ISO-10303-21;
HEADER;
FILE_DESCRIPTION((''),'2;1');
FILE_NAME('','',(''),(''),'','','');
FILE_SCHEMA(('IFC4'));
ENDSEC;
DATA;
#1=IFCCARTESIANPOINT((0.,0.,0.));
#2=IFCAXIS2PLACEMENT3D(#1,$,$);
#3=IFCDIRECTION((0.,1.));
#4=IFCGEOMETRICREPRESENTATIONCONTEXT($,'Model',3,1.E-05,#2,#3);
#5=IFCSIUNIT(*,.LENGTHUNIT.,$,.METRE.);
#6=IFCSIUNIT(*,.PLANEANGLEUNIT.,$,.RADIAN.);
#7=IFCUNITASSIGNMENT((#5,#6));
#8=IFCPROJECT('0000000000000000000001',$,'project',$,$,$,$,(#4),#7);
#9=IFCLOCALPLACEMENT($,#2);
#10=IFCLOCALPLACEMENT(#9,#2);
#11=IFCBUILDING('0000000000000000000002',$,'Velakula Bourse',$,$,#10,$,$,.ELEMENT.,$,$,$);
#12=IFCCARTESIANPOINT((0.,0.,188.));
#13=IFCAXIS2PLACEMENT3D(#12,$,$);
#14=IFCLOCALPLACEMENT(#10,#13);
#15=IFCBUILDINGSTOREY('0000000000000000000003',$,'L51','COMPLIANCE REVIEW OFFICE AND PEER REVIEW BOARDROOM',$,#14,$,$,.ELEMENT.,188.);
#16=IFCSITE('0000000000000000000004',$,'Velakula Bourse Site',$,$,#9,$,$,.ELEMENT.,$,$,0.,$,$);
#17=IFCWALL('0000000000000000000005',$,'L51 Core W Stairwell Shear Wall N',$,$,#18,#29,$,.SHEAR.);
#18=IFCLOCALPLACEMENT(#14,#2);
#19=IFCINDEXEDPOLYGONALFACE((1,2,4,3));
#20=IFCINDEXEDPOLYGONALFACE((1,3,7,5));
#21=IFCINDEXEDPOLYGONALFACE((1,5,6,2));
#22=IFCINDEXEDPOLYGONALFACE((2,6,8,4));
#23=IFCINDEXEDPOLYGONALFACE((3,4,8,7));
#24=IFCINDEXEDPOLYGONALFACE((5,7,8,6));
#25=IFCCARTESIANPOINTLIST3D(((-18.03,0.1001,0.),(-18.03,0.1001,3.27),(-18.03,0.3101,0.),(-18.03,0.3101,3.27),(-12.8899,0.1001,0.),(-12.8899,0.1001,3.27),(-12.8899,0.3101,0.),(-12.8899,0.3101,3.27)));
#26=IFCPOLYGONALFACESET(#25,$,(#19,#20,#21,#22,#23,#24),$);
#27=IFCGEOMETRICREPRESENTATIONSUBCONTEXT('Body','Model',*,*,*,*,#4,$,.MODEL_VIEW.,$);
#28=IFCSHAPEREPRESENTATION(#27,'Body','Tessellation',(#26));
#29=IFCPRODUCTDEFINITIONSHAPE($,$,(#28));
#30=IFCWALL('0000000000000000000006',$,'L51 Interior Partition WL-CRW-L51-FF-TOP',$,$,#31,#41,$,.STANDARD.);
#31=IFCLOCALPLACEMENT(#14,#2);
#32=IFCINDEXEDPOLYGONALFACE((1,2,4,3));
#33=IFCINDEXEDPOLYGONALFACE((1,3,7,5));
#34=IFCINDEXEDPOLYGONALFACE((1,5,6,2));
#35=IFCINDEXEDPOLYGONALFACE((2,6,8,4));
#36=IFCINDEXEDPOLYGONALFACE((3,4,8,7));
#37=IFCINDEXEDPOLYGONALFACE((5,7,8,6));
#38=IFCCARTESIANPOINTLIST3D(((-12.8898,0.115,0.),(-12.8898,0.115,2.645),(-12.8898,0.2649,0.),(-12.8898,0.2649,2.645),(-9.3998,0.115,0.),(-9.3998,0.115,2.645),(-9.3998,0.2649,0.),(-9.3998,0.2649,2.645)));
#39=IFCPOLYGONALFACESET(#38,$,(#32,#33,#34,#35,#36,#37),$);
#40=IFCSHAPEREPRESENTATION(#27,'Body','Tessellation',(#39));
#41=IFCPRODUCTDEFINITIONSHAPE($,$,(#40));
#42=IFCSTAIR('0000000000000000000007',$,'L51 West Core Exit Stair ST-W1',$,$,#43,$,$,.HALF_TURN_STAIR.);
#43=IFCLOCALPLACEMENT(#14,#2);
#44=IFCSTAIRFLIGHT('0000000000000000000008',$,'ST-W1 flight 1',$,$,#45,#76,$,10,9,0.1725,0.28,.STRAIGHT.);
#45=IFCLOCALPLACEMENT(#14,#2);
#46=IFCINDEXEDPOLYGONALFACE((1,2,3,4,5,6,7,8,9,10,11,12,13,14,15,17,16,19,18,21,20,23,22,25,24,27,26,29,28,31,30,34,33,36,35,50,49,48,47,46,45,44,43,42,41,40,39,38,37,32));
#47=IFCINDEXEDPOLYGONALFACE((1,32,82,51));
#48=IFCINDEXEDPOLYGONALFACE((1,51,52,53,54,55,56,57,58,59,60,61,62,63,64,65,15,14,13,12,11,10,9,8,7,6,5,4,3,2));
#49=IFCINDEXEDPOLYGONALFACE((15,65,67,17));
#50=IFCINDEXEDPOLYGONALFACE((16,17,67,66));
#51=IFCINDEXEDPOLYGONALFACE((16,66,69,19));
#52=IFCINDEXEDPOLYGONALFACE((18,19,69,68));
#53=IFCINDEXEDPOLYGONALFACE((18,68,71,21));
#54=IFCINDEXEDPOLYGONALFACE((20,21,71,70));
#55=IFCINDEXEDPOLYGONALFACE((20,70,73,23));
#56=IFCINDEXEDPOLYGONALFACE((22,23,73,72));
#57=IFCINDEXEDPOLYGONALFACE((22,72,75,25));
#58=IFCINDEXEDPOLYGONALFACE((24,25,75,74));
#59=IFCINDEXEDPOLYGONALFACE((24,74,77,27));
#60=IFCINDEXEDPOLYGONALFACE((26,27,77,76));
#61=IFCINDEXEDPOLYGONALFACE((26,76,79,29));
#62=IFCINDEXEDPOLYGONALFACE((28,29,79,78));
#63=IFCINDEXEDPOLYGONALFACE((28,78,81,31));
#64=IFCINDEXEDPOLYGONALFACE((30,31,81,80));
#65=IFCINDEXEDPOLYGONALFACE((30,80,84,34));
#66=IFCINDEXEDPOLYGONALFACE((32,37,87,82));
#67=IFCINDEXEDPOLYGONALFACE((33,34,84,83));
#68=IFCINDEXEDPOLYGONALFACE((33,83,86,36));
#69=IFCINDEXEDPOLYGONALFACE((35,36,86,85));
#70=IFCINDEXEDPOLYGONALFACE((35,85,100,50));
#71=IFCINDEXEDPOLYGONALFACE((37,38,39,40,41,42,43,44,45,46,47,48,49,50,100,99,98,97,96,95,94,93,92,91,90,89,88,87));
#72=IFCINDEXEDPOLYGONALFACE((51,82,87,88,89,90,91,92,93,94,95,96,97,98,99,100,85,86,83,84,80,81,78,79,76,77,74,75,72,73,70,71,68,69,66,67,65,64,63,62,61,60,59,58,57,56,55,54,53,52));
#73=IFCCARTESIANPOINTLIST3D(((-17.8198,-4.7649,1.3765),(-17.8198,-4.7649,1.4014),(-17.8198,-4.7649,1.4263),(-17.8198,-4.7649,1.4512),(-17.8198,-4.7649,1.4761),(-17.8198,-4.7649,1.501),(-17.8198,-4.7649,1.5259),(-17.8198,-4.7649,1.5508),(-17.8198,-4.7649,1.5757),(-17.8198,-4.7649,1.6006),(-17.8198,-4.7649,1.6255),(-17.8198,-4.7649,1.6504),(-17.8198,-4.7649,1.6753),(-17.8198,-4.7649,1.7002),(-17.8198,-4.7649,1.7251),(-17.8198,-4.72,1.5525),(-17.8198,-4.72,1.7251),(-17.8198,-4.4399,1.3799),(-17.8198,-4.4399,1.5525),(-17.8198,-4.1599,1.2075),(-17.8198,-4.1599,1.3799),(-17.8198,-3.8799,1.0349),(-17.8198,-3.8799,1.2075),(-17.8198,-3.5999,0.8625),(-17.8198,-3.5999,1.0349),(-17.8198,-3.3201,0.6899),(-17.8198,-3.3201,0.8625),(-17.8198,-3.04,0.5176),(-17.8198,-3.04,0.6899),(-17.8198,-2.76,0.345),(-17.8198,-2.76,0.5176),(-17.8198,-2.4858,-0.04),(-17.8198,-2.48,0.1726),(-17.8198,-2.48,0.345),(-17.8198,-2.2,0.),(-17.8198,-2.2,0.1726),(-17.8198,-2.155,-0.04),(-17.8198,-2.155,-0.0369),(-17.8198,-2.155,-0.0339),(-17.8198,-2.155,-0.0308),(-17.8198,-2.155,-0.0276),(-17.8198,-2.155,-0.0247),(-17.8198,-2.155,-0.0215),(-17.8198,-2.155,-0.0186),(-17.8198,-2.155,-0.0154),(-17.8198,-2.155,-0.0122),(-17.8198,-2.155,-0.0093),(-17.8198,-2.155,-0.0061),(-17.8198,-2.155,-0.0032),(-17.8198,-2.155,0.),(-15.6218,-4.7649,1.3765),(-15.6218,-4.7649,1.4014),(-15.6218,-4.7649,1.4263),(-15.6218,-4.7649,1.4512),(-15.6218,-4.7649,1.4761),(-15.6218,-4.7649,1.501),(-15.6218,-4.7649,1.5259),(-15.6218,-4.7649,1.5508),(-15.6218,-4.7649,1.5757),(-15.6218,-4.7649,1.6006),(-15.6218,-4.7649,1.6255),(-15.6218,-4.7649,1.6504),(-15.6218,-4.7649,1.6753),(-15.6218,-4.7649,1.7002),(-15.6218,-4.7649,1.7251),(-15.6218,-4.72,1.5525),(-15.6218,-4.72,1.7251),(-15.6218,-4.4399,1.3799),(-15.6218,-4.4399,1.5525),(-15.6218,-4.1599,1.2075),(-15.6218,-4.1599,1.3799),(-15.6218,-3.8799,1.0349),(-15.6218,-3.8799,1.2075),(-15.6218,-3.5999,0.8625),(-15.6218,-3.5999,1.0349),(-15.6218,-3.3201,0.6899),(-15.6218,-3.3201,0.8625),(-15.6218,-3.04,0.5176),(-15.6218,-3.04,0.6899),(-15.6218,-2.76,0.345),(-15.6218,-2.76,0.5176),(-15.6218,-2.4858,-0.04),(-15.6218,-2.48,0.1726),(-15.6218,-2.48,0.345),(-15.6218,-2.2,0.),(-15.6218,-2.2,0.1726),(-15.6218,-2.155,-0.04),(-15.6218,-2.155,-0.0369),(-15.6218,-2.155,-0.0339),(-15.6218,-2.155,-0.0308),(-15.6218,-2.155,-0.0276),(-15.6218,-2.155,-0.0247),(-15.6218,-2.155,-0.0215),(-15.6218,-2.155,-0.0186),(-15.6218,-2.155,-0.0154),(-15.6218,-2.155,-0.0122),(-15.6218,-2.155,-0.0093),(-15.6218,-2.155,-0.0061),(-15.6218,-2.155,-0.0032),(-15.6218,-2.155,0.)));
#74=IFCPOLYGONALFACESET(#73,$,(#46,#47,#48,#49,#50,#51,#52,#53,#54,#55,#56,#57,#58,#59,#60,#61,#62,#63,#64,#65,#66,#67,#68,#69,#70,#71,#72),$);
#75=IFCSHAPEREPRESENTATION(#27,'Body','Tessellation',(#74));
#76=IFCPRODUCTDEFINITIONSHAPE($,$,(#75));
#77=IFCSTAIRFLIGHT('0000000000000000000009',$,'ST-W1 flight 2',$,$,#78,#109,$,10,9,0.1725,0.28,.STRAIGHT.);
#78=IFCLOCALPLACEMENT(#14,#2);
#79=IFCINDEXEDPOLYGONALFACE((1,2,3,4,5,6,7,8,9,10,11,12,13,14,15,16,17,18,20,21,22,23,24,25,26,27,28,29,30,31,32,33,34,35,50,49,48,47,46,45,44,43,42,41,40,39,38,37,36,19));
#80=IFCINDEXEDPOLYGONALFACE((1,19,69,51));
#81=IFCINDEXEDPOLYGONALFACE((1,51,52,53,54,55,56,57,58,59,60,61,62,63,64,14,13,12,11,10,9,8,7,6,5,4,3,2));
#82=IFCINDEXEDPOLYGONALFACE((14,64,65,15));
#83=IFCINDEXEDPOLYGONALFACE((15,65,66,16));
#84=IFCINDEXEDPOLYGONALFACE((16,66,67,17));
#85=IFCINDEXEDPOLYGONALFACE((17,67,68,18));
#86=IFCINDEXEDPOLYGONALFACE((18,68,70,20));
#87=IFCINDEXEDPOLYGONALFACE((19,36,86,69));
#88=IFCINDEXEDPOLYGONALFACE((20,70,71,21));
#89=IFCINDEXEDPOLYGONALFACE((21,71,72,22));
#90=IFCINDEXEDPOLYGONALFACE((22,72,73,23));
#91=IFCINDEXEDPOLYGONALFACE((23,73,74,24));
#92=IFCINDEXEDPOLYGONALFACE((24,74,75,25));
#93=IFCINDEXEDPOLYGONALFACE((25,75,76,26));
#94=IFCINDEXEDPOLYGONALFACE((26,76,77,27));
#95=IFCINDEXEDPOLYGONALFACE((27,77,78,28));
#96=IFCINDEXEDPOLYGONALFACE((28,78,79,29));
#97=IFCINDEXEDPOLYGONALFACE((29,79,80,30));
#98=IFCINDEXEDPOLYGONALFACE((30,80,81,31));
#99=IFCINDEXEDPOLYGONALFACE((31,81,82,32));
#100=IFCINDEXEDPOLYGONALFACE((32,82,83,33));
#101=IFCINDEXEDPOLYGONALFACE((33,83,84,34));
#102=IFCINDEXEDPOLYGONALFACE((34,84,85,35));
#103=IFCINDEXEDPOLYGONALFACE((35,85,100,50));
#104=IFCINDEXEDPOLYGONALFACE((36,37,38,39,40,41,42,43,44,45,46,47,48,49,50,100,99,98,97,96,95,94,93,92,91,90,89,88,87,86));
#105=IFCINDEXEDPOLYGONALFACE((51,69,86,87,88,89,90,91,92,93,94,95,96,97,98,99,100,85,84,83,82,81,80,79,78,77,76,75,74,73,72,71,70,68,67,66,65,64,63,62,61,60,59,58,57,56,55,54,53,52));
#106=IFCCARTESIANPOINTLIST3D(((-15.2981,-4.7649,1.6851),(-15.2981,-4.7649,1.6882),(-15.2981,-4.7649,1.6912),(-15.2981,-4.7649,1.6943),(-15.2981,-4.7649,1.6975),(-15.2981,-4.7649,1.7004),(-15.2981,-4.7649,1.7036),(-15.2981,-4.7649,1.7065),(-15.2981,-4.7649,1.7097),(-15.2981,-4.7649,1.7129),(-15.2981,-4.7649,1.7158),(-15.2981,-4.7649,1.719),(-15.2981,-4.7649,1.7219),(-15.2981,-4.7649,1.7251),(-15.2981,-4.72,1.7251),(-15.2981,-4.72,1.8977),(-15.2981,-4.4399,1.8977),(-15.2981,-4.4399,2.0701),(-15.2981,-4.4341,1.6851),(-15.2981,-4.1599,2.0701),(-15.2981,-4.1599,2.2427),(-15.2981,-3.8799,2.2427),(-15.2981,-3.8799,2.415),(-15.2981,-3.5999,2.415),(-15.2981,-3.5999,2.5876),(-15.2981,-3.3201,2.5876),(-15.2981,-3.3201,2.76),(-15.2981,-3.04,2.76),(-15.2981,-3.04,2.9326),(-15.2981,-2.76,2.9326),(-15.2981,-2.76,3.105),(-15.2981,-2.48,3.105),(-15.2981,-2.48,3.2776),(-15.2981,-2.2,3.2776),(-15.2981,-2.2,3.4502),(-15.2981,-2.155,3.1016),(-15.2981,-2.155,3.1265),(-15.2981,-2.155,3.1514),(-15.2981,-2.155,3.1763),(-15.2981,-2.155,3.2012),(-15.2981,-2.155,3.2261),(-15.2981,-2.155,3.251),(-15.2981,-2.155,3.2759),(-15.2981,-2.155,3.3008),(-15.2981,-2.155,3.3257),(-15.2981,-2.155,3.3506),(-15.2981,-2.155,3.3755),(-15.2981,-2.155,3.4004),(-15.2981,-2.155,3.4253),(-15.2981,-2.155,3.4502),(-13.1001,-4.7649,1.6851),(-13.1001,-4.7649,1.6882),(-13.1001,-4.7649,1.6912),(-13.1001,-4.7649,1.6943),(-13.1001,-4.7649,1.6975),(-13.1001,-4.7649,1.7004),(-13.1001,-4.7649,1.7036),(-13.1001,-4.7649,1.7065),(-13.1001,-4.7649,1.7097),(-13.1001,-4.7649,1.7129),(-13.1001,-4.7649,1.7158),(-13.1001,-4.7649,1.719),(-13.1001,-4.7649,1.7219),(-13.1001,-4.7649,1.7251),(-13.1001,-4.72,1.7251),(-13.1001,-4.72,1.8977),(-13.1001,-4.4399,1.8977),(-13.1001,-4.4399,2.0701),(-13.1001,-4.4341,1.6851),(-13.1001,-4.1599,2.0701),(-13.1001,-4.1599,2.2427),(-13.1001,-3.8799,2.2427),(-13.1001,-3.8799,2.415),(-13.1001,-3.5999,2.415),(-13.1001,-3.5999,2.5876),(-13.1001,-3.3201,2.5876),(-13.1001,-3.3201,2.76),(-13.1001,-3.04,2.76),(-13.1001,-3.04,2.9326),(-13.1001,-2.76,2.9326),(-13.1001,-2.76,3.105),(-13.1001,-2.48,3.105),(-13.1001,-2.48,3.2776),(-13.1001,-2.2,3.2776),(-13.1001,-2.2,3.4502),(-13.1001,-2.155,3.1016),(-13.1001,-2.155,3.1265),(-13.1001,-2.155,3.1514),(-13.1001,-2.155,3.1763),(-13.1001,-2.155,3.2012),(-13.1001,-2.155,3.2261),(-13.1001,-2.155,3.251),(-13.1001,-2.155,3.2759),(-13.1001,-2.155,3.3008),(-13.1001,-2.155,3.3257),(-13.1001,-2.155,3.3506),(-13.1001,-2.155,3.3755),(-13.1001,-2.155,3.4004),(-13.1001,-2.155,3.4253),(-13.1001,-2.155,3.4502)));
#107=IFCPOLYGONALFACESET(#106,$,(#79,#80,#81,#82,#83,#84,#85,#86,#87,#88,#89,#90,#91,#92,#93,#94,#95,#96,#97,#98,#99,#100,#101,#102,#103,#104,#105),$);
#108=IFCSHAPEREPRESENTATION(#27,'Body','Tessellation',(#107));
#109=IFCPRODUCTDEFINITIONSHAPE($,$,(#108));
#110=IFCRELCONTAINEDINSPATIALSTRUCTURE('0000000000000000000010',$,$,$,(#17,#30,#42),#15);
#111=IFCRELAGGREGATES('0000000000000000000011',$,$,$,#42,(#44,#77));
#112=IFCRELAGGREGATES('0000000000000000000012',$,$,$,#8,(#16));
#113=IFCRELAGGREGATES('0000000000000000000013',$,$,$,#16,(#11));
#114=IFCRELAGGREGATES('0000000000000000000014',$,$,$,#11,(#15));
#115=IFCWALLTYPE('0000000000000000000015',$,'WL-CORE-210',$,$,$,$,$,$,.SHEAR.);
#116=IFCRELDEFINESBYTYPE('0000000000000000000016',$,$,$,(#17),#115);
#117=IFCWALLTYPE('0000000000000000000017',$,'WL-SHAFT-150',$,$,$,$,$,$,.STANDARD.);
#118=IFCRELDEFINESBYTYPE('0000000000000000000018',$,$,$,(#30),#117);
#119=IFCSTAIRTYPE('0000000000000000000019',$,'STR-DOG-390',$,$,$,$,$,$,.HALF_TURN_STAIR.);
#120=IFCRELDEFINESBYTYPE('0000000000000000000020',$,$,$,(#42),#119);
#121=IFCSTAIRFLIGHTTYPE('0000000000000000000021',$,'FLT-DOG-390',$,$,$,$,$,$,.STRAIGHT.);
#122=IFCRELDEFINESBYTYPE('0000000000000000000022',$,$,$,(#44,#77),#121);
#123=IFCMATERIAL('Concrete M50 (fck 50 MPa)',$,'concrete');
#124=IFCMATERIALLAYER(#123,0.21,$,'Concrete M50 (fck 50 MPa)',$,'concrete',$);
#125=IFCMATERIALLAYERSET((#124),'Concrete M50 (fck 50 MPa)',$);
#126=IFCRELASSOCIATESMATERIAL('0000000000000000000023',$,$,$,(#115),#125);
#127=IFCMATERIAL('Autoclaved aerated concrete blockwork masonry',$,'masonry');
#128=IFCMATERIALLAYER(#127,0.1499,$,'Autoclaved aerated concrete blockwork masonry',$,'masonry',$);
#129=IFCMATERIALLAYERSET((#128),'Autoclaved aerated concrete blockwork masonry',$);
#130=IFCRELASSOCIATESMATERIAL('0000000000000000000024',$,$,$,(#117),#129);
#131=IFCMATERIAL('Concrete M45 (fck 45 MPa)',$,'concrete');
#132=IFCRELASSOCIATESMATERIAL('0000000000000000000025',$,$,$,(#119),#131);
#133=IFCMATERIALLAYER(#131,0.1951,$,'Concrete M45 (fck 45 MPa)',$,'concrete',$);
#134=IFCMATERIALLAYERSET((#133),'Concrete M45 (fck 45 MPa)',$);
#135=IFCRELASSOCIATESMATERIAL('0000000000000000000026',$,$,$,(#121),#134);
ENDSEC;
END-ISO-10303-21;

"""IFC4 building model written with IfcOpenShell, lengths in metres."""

from ifc_helpers import new_model, si_unit, direction, frame, frame_2d, origin, place, context, subcontext, project, spatial, polyline, rectangle, outline, extrude, material, layer, layer_set, type_object, element, aggregate, save


model = new_model("IFC4")

# Units and contexts
model_context = context("Model", 3, precision=1e-05, world=origin(), true_north=direction((0.0, 1.0)))
body_context = subcontext(model_context, "Body", "Model", "MODEL_VIEW")
ifc_project = project(units=[si_unit("LENGTHUNIT", "METRE"), si_unit("PLANEANGLEUNIT", "RADIAN")], contexts=[model_context])

# Site, building, storey
site_placement = place(None, origin())
site = spatial("IfcSite", under=ifc_project, at=site_placement, Name="Velakula Bourse Site", CompositionType="ELEMENT", RefElevation=0.0)
building_placement = place(site_placement, origin())
building = spatial("IfcBuilding", under=site, at=building_placement, Name="Velakula Bourse", CompositionType="ELEMENT")
storey_placement = place(building_placement, frame((0.0, 0.0, 188.0)))
storey = spatial("IfcBuildingStorey", under=building, at=storey_placement, Name="L51", Description="COMPLIANCE REVIEW OFFICE AND PEER REVIEW BOARDROOM", CompositionType="ELEMENT", Elevation=188.0)

# Shared definitions
ifc_material_1 = material(Name="Concrete M50 (fck 50 MPa)", Category="concrete")

# Shared definitions
ifc_layer_1 = layer(ifc_material_1, 0.21, Name="Concrete M50 (fck 50 MPa)", Category="concrete")
ifc_layer_set_1 = layer_set([ifc_layer_1], Name="Concrete M50 (fck 50 MPa)")
wall_type_1 = type_object("IfcWallType", Name="WL-CORE-210", PredefinedType="SHEAR", material=ifc_layer_set_1)

# Wall
wall_1_placement = place(storey_placement, frame((-12.8899, 0.2051, 0.0), z_axis=(0.0, 0.0, 1.0), x_axis=(-1.0, 0.0, 0.0)))
element("IfcWall", 1, at=wall_1_placement, inside=storey, type_object=wall_type_1, Name="L51 Core W Stairwell Shear Wall N", PredefinedType="SHEAR", context=body_context, shape_type="SweptSolid", body=[
    extrude(rectangle(XDim=5.1401, YDim=0.21, at=frame_2d((2.5701, 0.0))), origin(), (0.0, 0.0, 1.0), 3.27),
])

# Shared definitions
ifc_material_2 = material(Name="Autoclaved aerated concrete blockwork masonry", Category="masonry")
ifc_layer_2 = layer(ifc_material_2, 0.1499, Name="Autoclaved aerated concrete blockwork masonry", Category="masonry")
ifc_layer_set_2 = layer_set([ifc_layer_2], Name="Autoclaved aerated concrete blockwork masonry")
wall_type_2 = type_object("IfcWallType", Name="WL-SHAFT-150", PredefinedType="STANDARD", material=ifc_layer_set_2)

# Wall
wall_2_placement = place(storey_placement, frame((-12.8899, 0.1899, 0.0), z_axis=(0.0, 0.0, 1.0), x_axis=(1.0, 0.0, 0.0)))
element("IfcWall", 2, at=wall_2_placement, inside=storey, type_object=wall_type_2, Name="L51 Interior Partition WL-CRW-L51-FF-TOP", PredefinedType="STANDARD", context=body_context, shape_type="SweptSolid", body=[
    extrude(rectangle(XDim=3.49, YDim=0.1499, at=frame_2d((1.7451, 0.0))), origin(), (0.0, 0.0, 1.0), 2.645),
])

# Stair, stair flights
ifc_material_3 = material(Name="Concrete M45 (fck 45 MPa)", Category="concrete")
stair_type = type_object("IfcStairType", Name="STR-DOG-390", PredefinedType="HALF_TURN_STAIR", material=ifc_material_3)
stair_placement = place(storey_placement, origin())
stair = element("IfcStair", 3, at=stair_placement, inside=storey, type_object=stair_type, Name="L51 West Core Exit Stair ST-W1", PredefinedType="HALF_TURN_STAIR")
ifc_layer_3 = layer(ifc_material_3, 0.1951, Name="Concrete M45 (fck 45 MPa)", Category="concrete")
ifc_layer_set_3 = layer_set([ifc_layer_3], Name="Concrete M45 (fck 45 MPa)")
stair_flight_type = type_object("IfcStairFlightType", Name="FLT-DOG-390", PredefinedType="STRAIGHT", material=ifc_layer_set_3)
stair_flight_1_placement = place(storey_placement, frame((-16.7209, -2.2, 0.0), z_axis=(0.0, 0.0, 1.0), x_axis=(0.0, -1.0, 0.0)))
stair_flight_1 = element("IfcStairFlight", 4, at=stair_flight_1_placement, type_object=stair_flight_type, Name="ST-W1 flight 1", NumberOfRisers=10, NumberOfTreads=9, PredefinedType="STRAIGHT", RiserHeight=0.1725, TreadLength=0.28, context=body_context, shape_type="SweptSolid", body=[
    extrude(outline(polyline([(-0.0449, -0.04), (-0.0449, -0.0369), (-0.0449, -0.0339), (-0.0449, -0.0308), (-0.0449, -0.0276), (-0.0449, -0.0247), (-0.0449, -0.0215), (-0.0449, -0.0186), (-0.0449, -0.0154), (-0.0449, -0.0122), (-0.0449, -0.0093), (-0.0449, -0.0061), (-0.0449, -0.0032), (-0.0449, 0.0), (0.0, 0.0), (0.0, 0.1726), (0.28, 0.1726), (0.28, 0.345), (0.5601, 0.345), (0.5601, 0.5176), (0.8401, 0.5176), (0.8401, 0.6899), (1.1201, 0.6899), (1.1201, 0.8625), (1.3999, 0.8625), (1.3999, 1.0349), (1.6799, 1.0349), (1.6799, 1.2075), (1.96, 1.2075), (1.96, 1.3799), (2.24, 1.3799), (2.24, 1.5525), (2.52, 1.5525), (2.52, 1.7251), (2.5649, 1.7251), (2.5649, 1.7002), (2.5649, 1.6753), (2.5649, 1.6504), (2.5649, 1.6255), (2.5649, 1.6006), (2.5649, 1.5757), (2.5649, 1.5508), (2.5649, 1.5259), (2.5649, 1.501), (2.5649, 1.4761), (2.5649, 1.4512), (2.5649, 1.4263), (2.5649, 1.4014), (2.5649, 1.3765), (0.2859, -0.04), (-0.0449, -0.04)])), frame((0.0, 1.0991, 0.0), z_axis=(0.0, -1.0, 0.0), x_axis=(1.0, 0.0, 0.0)), (0.0, 0.0, 1.0), 2.198),
])
stair_flight_2_placement = place(storey_placement, frame((-14.199, -4.72, 1.7251), z_axis=(0.0, 0.0, 1.0), x_axis=(0.0, 1.0, 0.0)))
stair_flight_2 = element("IfcStairFlight", 5, at=stair_flight_2_placement, type_object=stair_flight_type, Name="ST-W1 flight 2", NumberOfRisers=10, NumberOfTreads=9, PredefinedType="STRAIGHT", RiserHeight=0.1725, TreadLength=0.28, context=body_context, shape_type="SweptSolid", body=[
    extrude(outline(polyline([(-0.0449, -0.04), (-0.0449, -0.0369), (-0.0449, -0.0339), (-0.0449, -0.0308), (-0.0449, -0.0276), (-0.0449, -0.0247), (-0.0449, -0.0215), (-0.0449, -0.0186), (-0.0449, -0.0154), (-0.0449, -0.0122), (-0.0449, -0.0093), (-0.0449, -0.0061), (-0.0449, -0.0032), (-0.0449, 0.0), (0.0, 0.0), (0.0, 0.1726), (0.28, 0.1726), (0.28, 0.345), (0.5601, 0.345), (0.5601, 0.5176), (0.8401, 0.5176), (0.8401, 0.6899), (1.1201, 0.6899), (1.1201, 0.8625), (1.3999, 0.8625), (1.3999, 1.0349), (1.6799, 1.0349), (1.6799, 1.2075), (1.96, 1.2075), (1.96, 1.3799), (2.24, 1.3799), (2.24, 1.5525), (2.52, 1.5525), (2.52, 1.7251), (2.5649, 1.7251), (2.5649, 1.7002), (2.5649, 1.6753), (2.5649, 1.6504), (2.5649, 1.6255), (2.5649, 1.6006), (2.5649, 1.5757), (2.5649, 1.5508), (2.5649, 1.5259), (2.5649, 1.501), (2.5649, 1.4761), (2.5649, 1.4512), (2.5649, 1.4263), (2.5649, 1.4014), (2.5649, 1.3765), (0.2859, -0.04), (-0.0449, -0.04)])), frame((0.0, 1.0991, 0.0), z_axis=(0.0, -1.0, 0.0), x_axis=(1.0, 0.0, 0.0)), (0.0, 0.0, 1.0), 2.198),
])
aggregate(stair, [stair_flight_1, stair_flight_2])

save(model, "model.ifc")
